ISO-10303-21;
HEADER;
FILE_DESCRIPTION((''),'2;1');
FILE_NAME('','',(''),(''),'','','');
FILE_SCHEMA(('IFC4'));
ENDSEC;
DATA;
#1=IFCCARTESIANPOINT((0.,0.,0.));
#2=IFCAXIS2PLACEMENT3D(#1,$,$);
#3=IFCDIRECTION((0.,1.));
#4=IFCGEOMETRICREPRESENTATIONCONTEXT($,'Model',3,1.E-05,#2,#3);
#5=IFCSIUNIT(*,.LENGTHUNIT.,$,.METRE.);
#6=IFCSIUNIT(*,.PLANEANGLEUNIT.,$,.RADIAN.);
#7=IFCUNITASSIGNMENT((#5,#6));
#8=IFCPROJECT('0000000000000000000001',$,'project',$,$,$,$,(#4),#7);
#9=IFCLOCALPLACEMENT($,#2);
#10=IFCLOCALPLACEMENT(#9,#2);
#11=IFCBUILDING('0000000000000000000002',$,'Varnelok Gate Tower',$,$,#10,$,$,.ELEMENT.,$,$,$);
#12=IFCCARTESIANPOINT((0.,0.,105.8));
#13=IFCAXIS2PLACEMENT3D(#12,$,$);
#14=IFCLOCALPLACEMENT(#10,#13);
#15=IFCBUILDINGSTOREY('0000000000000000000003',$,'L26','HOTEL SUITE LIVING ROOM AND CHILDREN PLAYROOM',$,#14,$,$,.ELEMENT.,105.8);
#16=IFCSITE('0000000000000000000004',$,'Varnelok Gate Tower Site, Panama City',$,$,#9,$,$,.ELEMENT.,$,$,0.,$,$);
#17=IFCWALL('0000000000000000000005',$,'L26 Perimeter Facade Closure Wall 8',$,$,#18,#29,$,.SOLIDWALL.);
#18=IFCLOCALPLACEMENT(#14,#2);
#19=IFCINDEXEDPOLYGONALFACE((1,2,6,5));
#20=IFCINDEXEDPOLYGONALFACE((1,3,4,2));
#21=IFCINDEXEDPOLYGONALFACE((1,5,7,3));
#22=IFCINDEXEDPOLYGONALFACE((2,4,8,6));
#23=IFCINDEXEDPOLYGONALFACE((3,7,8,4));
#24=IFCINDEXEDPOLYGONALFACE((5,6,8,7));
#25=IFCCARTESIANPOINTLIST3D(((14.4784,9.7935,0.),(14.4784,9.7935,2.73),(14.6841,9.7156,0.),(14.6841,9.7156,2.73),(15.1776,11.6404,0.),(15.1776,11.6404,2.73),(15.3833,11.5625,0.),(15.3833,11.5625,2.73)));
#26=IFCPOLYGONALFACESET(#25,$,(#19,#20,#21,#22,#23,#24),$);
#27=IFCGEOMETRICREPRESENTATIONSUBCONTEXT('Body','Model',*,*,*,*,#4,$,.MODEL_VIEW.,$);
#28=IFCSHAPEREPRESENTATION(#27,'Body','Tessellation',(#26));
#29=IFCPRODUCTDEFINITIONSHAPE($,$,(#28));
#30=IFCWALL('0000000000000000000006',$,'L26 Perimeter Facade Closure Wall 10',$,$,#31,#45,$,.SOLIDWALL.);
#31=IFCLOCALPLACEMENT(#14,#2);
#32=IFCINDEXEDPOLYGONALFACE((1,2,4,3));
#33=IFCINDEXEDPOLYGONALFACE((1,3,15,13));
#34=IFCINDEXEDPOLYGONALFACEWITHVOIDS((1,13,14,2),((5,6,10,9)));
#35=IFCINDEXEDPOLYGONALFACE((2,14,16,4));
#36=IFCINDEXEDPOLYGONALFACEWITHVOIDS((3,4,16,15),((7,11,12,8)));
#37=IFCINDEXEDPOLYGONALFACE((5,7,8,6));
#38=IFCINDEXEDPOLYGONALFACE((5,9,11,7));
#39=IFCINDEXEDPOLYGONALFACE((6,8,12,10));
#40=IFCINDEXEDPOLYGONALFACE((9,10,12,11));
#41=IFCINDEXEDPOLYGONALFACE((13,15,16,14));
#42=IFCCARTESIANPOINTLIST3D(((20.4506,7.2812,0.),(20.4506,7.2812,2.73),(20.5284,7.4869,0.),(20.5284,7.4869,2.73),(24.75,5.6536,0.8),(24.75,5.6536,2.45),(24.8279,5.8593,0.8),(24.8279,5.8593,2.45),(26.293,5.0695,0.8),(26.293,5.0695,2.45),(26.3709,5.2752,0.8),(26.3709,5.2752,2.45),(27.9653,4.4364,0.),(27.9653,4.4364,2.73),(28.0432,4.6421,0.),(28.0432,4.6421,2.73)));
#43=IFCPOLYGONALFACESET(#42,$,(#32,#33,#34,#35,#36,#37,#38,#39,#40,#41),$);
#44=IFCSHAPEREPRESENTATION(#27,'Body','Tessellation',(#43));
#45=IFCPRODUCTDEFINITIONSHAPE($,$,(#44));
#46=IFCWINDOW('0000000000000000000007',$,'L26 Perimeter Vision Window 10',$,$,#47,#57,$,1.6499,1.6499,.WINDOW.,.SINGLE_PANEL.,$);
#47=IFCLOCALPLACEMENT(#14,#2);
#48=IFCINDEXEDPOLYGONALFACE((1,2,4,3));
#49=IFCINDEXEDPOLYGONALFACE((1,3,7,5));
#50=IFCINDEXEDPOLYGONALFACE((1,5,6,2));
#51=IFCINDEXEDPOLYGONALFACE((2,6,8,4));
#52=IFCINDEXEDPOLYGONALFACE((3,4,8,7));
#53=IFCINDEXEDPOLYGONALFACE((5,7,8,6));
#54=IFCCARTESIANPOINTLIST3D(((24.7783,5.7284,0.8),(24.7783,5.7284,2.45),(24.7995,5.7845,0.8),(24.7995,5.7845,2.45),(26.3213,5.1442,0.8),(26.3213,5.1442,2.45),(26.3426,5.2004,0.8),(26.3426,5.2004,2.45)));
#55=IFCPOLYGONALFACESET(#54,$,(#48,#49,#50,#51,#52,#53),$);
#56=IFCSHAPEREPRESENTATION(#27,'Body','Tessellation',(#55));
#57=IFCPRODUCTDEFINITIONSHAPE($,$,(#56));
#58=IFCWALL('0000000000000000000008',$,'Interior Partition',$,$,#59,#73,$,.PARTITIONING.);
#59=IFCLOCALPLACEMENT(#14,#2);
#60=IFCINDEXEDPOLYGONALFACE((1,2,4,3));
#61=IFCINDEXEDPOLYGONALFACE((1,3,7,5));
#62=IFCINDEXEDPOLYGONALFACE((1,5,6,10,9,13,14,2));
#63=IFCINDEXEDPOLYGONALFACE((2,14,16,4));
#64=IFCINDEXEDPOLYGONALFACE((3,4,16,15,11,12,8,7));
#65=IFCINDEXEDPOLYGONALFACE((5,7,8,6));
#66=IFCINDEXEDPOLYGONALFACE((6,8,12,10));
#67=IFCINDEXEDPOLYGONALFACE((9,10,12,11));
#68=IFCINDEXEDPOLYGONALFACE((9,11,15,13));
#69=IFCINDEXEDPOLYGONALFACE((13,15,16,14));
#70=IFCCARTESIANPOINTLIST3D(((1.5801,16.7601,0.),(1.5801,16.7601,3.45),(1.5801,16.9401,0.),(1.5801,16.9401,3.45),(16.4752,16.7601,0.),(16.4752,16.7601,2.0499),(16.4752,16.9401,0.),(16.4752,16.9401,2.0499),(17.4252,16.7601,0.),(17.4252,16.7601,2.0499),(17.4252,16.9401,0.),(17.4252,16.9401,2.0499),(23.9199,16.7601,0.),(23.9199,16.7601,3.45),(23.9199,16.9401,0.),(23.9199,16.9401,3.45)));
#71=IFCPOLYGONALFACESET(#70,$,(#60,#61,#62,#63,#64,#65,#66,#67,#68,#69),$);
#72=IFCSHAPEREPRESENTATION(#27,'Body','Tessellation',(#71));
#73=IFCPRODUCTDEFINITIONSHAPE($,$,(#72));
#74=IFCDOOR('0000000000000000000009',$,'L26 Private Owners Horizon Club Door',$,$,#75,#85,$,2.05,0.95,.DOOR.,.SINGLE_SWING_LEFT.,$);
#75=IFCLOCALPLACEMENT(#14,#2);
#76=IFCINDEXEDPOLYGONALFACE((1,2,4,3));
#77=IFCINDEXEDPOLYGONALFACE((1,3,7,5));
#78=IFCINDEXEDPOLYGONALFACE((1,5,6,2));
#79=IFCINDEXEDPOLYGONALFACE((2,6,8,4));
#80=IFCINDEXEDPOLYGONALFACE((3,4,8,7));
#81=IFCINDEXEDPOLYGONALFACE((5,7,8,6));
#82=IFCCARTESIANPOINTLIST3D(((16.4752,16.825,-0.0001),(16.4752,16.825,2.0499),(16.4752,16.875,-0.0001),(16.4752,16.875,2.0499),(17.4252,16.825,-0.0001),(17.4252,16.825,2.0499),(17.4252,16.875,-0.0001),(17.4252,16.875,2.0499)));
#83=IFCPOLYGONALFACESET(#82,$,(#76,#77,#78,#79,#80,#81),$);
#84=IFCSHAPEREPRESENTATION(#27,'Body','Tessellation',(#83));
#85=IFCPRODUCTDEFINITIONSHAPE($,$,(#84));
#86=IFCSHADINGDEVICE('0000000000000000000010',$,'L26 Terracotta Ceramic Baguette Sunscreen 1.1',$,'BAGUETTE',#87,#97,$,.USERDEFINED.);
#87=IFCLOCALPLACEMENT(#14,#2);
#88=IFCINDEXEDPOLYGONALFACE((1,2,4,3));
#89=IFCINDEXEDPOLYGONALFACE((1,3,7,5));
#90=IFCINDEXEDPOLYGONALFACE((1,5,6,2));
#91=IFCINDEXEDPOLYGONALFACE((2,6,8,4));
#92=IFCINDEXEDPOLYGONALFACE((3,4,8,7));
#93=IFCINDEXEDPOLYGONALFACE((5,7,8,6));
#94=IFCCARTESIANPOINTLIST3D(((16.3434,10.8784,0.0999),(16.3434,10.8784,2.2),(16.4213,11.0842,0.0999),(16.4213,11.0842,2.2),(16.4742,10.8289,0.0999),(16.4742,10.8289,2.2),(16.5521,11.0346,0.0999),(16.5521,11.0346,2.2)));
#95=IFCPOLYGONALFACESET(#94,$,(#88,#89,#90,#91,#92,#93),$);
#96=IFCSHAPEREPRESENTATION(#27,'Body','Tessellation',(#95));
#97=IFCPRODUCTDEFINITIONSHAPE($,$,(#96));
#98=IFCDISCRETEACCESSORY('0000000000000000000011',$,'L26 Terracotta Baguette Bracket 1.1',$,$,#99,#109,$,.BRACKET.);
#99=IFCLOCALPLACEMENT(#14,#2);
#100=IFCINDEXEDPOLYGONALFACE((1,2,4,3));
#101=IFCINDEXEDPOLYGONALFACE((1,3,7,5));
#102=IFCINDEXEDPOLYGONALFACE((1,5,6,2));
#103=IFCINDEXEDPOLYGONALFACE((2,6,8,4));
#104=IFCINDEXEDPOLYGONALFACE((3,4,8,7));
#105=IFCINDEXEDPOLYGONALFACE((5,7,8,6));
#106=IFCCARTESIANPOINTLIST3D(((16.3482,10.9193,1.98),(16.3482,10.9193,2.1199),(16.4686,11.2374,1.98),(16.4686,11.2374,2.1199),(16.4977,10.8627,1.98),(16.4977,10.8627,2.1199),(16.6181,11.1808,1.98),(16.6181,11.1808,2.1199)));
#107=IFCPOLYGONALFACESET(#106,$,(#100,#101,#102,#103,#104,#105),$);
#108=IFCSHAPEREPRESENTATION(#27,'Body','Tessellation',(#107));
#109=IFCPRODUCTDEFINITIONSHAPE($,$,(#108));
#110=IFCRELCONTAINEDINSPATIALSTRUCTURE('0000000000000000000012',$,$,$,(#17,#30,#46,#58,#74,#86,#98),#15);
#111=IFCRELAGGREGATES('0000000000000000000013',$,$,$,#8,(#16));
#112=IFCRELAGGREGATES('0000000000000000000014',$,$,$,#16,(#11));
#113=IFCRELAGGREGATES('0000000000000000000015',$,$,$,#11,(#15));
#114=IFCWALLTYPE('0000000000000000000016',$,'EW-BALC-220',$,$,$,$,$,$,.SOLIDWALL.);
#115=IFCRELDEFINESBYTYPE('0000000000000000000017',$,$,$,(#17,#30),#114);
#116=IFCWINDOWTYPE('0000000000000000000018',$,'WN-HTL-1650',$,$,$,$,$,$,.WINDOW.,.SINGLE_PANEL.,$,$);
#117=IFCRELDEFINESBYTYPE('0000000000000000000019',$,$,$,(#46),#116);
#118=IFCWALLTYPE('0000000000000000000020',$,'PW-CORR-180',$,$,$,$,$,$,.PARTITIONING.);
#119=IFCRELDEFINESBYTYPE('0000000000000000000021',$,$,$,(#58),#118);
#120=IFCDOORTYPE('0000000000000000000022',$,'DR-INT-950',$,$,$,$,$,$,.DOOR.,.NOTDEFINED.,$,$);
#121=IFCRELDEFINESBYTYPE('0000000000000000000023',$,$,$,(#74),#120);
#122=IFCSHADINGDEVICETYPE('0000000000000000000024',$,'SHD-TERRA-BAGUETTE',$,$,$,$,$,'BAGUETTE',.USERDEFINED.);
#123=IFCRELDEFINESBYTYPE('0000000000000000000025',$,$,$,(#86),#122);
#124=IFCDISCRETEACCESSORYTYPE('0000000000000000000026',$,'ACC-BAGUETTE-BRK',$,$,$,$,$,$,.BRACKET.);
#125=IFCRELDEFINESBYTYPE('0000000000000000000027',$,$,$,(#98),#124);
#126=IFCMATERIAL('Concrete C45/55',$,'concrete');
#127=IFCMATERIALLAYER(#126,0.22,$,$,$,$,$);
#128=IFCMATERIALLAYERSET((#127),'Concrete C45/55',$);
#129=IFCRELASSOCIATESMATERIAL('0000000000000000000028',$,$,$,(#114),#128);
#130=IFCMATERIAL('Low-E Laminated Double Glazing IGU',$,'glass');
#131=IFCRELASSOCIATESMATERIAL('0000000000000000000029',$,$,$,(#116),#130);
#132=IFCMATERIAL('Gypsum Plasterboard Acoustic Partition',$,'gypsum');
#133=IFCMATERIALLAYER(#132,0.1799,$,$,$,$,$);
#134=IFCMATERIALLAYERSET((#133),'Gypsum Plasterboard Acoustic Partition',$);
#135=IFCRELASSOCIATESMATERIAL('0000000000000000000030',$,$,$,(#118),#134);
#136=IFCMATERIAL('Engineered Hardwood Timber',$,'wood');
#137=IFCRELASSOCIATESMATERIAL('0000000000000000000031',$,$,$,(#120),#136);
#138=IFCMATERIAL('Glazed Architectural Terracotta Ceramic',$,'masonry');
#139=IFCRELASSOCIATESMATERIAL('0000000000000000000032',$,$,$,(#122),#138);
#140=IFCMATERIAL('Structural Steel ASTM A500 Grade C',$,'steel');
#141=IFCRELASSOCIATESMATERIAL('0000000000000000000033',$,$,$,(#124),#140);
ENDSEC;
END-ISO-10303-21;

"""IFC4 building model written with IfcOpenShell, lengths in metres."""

from ifc_helpers import new_model, si_unit, direction, frame, frame_2d, origin, origin_2d, place, context, subcontext, project, spatial, rectangle, extrude, source, transform, mapped, material, layer, layer_set, type_object, element, fill, save


model = new_model("IFC4")

# Units and contexts
model_context = context("Model", 3, precision=1e-05, world=origin(), true_north=direction((0.0, 1.0)))
body_context = subcontext(model_context, "Body", "Model", "MODEL_VIEW")
ifc_project = project(units=[si_unit("LENGTHUNIT", "METRE"), si_unit("PLANEANGLEUNIT", "RADIAN")], contexts=[model_context])

# Site, building, storey
site_placement = place(None, origin())
site = spatial("IfcSite", under=ifc_project, at=site_placement, Name="Varnelok Gate Tower Site, Panama City", CompositionType="ELEMENT", RefElevation=0.0)
building_placement = place(site_placement, origin())
building = spatial("IfcBuilding", under=site, at=building_placement, Name="Varnelok Gate Tower", CompositionType="ELEMENT")
storey_placement = place(building_placement, frame((0.0, 0.0, 105.8)))
storey = spatial("IfcBuildingStorey", under=building, at=storey_placement, Name="L26", Description="HOTEL SUITE LIVING ROOM AND CHILDREN PLAYROOM", CompositionType="ELEMENT", Elevation=105.8)

# Shared definitions
ifc_material_1 = material(Name="Concrete C45/55", Category="concrete")

# Shared definitions
ifc_layer_1 = layer(ifc_material_1, 0.22)
ifc_layer_set_1 = layer_set([ifc_layer_1], Name="Concrete C45/55")
wall_type_1 = type_object("IfcWallType", Name="EW-BALC-220", PredefinedType="SOLIDWALL", material=ifc_layer_set_1)

# Shared definitions
ifc_material_2 = material(Name="Low-E Laminated Double Glazing IGU", Category="glass")
window_type = type_object("IfcWindowType", Name="WN-HTL-1650", PartitioningType="SINGLE_PANEL", PredefinedType="WINDOW", material=ifc_material_2)

# Wall
wall_1_placement = place(storey_placement, frame((14.5813, 9.7546, 0.0), z_axis=(0.0, 0.0, 1.0), x_axis=(0.354062, 0.935222, 0.0)))
element("IfcWall", 1, at=wall_1_placement, inside=storey, type_object=wall_type_1, Name="L26 Perimeter Facade Closure Wall 8", PredefinedType="SOLIDWALL", context=body_context, shape_type="SweptSolid", body=[
    extrude(rectangle(XDim=1.9749, YDim=0.22, at=frame_2d((0.9873, 0.0))), origin(), (0.0, 0.0, 1.0), 2.73),
])

# Wall, opening, window
wall_2_placement = place(storey_placement, frame((20.4895, 7.384, 0.0), z_axis=(0.0, 0.0, 1.0), x_axis=(0.935231, -0.354039, 0.0)))
wall_2 = element("IfcWall", 2, at=wall_2_placement, inside=storey, type_object=wall_type_1, Name="L26 Perimeter Facade Closure Wall 10", PredefinedType="SOLIDWALL", context=body_context, shape_type="SweptSolid", body=[
    extrude(rectangle(XDim=8.0352, YDim=0.22, at=frame_2d((4.0176, 0.0))), origin(), (0.0, 0.0, 1.0), 2.73),
])
opening_1_placement = place(wall_2_placement, frame((4.5972, 0.0, 0.8)))
opening_1 = element("IfcOpeningElement", 3, at=opening_1_placement, cuts=wall_2, PredefinedType="OPENING", context=body_context, shape_type="SweptSolid", body=[
    extrude(rectangle(XDim=1.6499, YDim=1.6499, at=frame_2d((0.825, 0.825))), frame((0.0, 0.1199, 0.0), z_axis=(0.0, -1.0, 0.0), x_axis=(1.0, 0.0, 0.0)), (0.0, 0.0, 1.0), 0.24),
])
window_1_placement = place(opening_1_placement, origin())
window_1 = element("IfcWindow", 4, at=window_1_placement, inside=storey, type_object=window_type, Name="L26 Perimeter Vision Window 10", OverallHeight=1.6499, OverallWidth=1.6499, PartitioningType="SINGLE_PANEL", PredefinedType="WINDOW", context=body_context, shape_type="SweptSolid", body=[
    extrude(rectangle(XDim=1.6499, YDim=1.6499, at=frame_2d((0.825, 0.825))), frame((0.0, 0.03, 0.0), z_axis=(0.0, -1.0, 0.0), x_axis=(1.0, 0.0, 0.0)), (0.0, 0.0, 1.0), 0.0601),
])
fill(opening_1, window_1)

# Wall, opening, door
ifc_material_3 = material(Name="Gypsum Plasterboard Acoustic Partition", Category="gypsum")
ifc_layer_2 = layer(ifc_material_3, 0.1799)
ifc_layer_set_2 = layer_set([ifc_layer_2], Name="Gypsum Plasterboard Acoustic Partition")
wall_type_2 = type_object("IfcWallType", Name="PW-CORR-180", PredefinedType="PARTITIONING", material=ifc_layer_set_2)
wall_3_placement = place(storey_placement, frame((1.5801, 16.8501, 0.0), z_axis=(0.0, 0.0, 1.0), x_axis=(1.0, 0.0, 0.0)))
wall_3 = element("IfcWall", 5, at=wall_3_placement, inside=storey, type_object=wall_type_2, Name="Interior Partition", PredefinedType="PARTITIONING", context=body_context, shape_type="SweptSolid", body=[
    extrude(rectangle(XDim=22.3398, YDim=0.1799, at=frame_2d((11.1699, 0.0))), origin(), (0.0, 0.0, 1.0), 3.45),
])
opening_2_placement = place(wall_3_placement, frame((14.895, 0.0, 0.0)))
opening_2 = element("IfcOpeningElement", 6, at=opening_2_placement, cuts=wall_3, PredefinedType="OPENING", context=body_context, shape_type="SweptSolid", body=[
    extrude(rectangle(XDim=0.95, YDim=2.05, at=frame_2d((0.4751, 1.0249))), frame((0.0, 0.0999, 0.0), z_axis=(0.0, -1.0, 0.0), x_axis=(1.0, 0.0, 0.0)), (0.0, 0.0, 1.0), 0.2),
])
ifc_material_4 = material(Name="Engineered Hardwood Timber", Category="wood")
door_type = type_object("IfcDoorType", Name="DR-INT-950", OperationType="NOTDEFINED", PredefinedType="DOOR", material=ifc_material_4)
door_placement = place(opening_2_placement, origin())
door = element("IfcDoor", 7, at=door_placement, inside=storey, type_object=door_type, Name="L26 Private Owners Horizon Club Door", OperationType="SINGLE_SWING_LEFT", OverallHeight=2.05, OverallWidth=0.95, PredefinedType="DOOR", context=body_context, shape_type="SweptSolid", body=[
    extrude(rectangle(XDim=0.95, YDim=2.05, at=frame_2d((0.4751, 1.0249))), frame((0.0, 0.0249, 0.0), z_axis=(0.0, -1.0, 0.0), x_axis=(1.0, 0.0, 0.0)), (0.0, 0.0, 1.0), 0.05),
])
fill(opening_2, door)

# Shading device
ifc_material_5 = material(Name="Glazed Architectural Terracotta Ceramic", Category="masonry")
shading_device_type = type_object("IfcShadingDeviceType", Name="SHD-TERRA-BAGUETTE", ElementType="BAGUETTE", PredefinedType="USERDEFINED", material=ifc_material_5)
shared_shape_1 = source(origin(), body_context, "Body", "SweptSolid", [
    extrude(rectangle(XDim=0.1399, YDim=0.22, at=origin_2d()), origin(), (0.0, 0.0, 1.0), 2.1001),
])
shading_device_placement = place(storey_placement, frame((16.4478, 10.9565, 0.0999), z_axis=(0.0, 0.0, 1.0), x_axis=(0.935222, -0.354063, 0.0)))
element("IfcShadingDevice", 8, at=shading_device_placement, inside=storey, type_object=shading_device_type, Name="L26 Terracotta Ceramic Baguette Sunscreen 1.1", ObjectType="BAGUETTE", PredefinedType="USERDEFINED", context=body_context, shape_type="MappedRepresentation", body=[
    mapped(shared_shape_1, transform((0.0, 0.0, 0.0), scale=1.0)),
])

# Discrete accessory
ifc_material_6 = material(Name="Structural Steel ASTM A500 Grade C", Category="steel")
discrete_accessory_type = type_object("IfcDiscreteAccessoryType", Name="ACC-BAGUETTE-BRK", PredefinedType="BRACKET", material=ifc_material_6)
shared_shape_2 = source(origin(), body_context, "Body", "SweptSolid", [
    extrude(rectangle(XDim=0.1599, YDim=0.3401, at=origin_2d()), origin(), (0.0, 0.0, 1.0), 0.1399),
])
discrete_accessory_placement = place(storey_placement, frame((16.4832, 11.05, 1.98), z_axis=(0.0, 0.0, 1.0), x_axis=(0.935222, -0.354063, 0.0)))
element("IfcDiscreteAccessory", 9, at=discrete_accessory_placement, inside=storey, type_object=discrete_accessory_type, Name="L26 Terracotta Baguette Bracket 1.1", PredefinedType="BRACKET", context=body_context, shape_type="MappedRepresentation", body=[
    mapped(shared_shape_2, transform((0.0, 0.0, 0.0), scale=1.0)),
])

save(model, "model.ifc")
